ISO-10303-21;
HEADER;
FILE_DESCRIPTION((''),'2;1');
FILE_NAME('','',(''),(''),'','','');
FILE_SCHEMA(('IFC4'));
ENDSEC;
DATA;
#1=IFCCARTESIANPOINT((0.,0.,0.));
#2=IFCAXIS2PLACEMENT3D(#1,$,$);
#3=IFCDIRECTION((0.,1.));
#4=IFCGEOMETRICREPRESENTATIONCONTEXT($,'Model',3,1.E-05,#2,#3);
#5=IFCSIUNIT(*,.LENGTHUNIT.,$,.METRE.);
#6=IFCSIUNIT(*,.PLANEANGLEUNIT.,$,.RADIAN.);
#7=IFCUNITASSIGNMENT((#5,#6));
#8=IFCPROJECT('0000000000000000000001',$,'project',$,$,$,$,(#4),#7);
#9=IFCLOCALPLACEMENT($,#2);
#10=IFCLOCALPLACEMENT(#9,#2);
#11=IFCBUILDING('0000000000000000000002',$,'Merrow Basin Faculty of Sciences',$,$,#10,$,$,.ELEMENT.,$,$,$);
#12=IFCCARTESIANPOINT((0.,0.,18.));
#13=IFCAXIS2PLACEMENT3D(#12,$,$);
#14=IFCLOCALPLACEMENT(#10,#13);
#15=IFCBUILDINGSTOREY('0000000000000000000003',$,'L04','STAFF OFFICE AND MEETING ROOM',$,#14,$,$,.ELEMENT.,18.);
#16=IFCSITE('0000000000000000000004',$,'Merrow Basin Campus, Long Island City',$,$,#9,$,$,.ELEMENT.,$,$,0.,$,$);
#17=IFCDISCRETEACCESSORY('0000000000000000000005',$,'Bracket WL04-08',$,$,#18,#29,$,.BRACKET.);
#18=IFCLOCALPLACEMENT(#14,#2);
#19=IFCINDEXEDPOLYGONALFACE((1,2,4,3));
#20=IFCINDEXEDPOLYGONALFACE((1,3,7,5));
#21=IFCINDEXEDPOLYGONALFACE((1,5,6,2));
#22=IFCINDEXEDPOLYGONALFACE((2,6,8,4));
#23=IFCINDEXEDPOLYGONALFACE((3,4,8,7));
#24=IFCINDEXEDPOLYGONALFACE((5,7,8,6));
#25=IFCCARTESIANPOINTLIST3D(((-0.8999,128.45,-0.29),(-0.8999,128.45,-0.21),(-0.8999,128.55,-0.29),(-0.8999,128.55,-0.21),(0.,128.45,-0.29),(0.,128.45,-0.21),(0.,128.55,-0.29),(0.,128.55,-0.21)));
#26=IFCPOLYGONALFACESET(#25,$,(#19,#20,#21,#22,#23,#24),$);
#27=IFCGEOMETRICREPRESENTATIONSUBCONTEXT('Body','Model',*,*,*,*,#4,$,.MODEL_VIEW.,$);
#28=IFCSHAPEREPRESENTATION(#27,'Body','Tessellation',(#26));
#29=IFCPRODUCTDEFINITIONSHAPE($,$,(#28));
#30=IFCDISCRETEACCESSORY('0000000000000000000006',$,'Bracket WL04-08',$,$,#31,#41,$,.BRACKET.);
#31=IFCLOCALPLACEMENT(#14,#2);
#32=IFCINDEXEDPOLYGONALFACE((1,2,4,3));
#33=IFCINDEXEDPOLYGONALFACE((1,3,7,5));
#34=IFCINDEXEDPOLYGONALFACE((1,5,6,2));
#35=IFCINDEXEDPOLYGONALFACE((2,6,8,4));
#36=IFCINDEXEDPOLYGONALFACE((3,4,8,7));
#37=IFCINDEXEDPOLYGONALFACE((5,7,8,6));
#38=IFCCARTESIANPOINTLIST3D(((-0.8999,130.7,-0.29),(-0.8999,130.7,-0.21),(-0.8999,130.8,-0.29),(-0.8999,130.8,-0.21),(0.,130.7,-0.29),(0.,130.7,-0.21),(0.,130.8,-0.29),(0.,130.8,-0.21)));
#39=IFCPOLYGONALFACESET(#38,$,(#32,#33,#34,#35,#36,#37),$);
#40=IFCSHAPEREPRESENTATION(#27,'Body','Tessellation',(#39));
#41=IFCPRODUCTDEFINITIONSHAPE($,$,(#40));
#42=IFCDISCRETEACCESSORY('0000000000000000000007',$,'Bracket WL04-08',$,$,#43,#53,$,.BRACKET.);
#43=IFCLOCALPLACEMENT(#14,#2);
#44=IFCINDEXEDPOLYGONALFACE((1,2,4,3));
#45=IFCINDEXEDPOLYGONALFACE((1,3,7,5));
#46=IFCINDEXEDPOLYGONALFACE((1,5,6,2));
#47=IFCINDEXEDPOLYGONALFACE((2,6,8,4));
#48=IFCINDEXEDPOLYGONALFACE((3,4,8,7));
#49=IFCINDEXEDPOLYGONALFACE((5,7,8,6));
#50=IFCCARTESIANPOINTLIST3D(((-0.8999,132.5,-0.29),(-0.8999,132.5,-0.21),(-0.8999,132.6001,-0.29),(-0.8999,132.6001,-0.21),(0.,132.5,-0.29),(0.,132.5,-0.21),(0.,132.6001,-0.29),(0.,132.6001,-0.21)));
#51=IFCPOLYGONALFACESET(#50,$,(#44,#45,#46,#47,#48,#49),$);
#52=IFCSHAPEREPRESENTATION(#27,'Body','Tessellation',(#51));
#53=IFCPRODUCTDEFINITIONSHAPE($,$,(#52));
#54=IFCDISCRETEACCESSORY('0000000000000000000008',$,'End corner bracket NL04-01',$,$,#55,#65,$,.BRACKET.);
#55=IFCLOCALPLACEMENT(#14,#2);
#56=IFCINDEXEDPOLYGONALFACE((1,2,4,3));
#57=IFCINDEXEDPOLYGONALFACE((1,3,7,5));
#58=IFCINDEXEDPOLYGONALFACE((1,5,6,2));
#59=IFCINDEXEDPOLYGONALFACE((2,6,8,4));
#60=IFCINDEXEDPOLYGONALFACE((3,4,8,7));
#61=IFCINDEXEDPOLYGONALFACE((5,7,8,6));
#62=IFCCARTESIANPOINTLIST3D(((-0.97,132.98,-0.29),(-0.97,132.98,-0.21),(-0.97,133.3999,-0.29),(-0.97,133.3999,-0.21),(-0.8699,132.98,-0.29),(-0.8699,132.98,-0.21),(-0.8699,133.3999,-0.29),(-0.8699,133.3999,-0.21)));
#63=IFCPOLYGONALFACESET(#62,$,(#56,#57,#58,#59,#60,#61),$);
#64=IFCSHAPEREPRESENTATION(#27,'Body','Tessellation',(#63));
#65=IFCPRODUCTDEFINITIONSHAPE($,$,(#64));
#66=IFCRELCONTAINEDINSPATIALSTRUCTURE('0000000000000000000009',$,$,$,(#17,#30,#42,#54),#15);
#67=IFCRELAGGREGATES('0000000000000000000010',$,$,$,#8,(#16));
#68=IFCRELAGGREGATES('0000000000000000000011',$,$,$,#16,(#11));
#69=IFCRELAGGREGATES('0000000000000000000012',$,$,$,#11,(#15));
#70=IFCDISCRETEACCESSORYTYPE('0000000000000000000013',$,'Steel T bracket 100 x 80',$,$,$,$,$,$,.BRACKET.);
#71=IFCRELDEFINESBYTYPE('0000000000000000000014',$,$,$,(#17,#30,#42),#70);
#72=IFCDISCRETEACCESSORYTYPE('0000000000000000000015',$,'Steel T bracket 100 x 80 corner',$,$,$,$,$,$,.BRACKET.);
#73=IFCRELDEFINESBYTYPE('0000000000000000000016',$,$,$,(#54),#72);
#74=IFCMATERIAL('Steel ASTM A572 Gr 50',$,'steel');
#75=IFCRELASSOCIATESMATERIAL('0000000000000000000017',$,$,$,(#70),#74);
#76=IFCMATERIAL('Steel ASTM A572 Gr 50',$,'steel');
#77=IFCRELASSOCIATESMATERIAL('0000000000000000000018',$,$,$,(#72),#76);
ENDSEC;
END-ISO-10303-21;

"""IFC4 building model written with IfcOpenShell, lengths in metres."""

from ifc_helpers import new_model, si_unit, direction, frame, origin, place, context, subcontext, project, spatial, polyline, outline, extrude, source, transform, mapped, material, type_object, element, save


model = new_model("IFC4")

# Units and contexts
model_context = context("Model", 3, precision=1e-05, world=origin(), true_north=direction((0.0, 1.0)))
body_context = subcontext(model_context, "Body", "Model", "MODEL_VIEW")
ifc_project = project(units=[si_unit("LENGTHUNIT", "METRE"), si_unit("PLANEANGLEUNIT", "RADIAN")], contexts=[model_context])

# Site, building, storey
site_placement = place(None, origin())
site = spatial("IfcSite", under=ifc_project, at=site_placement, Name="Merrow Basin Campus, Long Island City", CompositionType="ELEMENT", RefElevation=0.0)
building_placement = place(site_placement, origin())
building = spatial("IfcBuilding", under=site, at=building_placement, Name="Merrow Basin Faculty of Sciences", CompositionType="ELEMENT")
storey_placement = place(building_placement, frame((0.0, 0.0, 18.0)))
storey = spatial("IfcBuildingStorey", under=building, at=storey_placement, Name="L04", Description="STAFF OFFICE AND MEETING ROOM", CompositionType="ELEMENT", Elevation=18.0)

# Discrete accessories
ifc_material_1 = material(Name="Steel ASTM A572 Gr 50", Category="steel")
discrete_accessory_type_1 = type_object("IfcDiscreteAccessoryType", Name="Steel T bracket 100 x 80", PredefinedType="BRACKET", material=ifc_material_1)
shared_shape_1 = source(origin(), body_context, "Body", "SweptSolid", [
    extrude(outline(polyline([(0.0, 0.0), (0.1001, 0.0), (0.1001, 0.0801), (0.0, 0.0801), (0.0, 0.0)])), origin(), (0.0, 0.0, 1.0), 0.8999),
])
for number, where, z_axis, x_axis, name in (
    (1, (-0.8999, 128.45, -0.29), (1.0, 0.0, 0.0), (0.0, 1.0, 0.0), "Bracket WL04-08"),
    (2, (-0.8999, 130.7, -0.29), (1.0, 0.0, 0.0), (0.0, 1.0, 0.0), "Bracket WL04-08"),
    (3, (-0.8999, 132.5, -0.29), (1.0, 0.0, 0.0), (0.0, 1.0, 0.0), "Bracket WL04-08"),
):
    element("IfcDiscreteAccessory", number, at=place(storey_placement, frame(where, z_axis=z_axis, x_axis=x_axis)), inside=storey, type_object=discrete_accessory_type_1, Name=name, PredefinedType="BRACKET", context=body_context, shape_type="MappedRepresentation", body=[
        mapped(shared_shape_1, transform((0.0, 0.0, 0.0), scale=1.0)),
    ])
ifc_material_2 = material(Name="Steel ASTM A572 Gr 50", Category="steel")
discrete_accessory_type_2 = type_object("IfcDiscreteAccessoryType", Name="Steel T bracket 100 x 80 corner", PredefinedType="BRACKET", material=ifc_material_2)
shared_shape_2 = source(origin(), body_context, "Body", "SweptSolid", [
    extrude(outline(polyline([(0.0, 0.0), (0.1001, 0.0), (0.1001, 0.0801), (0.0, 0.0801), (0.0, 0.0)])), origin(), (0.0, 0.0, 1.0), 0.4199),
])
discrete_accessory_placement = place(storey_placement, frame((-0.97, 133.3999, -0.29), z_axis=(0.0, -1.0, 0.0), x_axis=(1.0, 0.0, 0.0)))
element("IfcDiscreteAccessory", 4, at=discrete_accessory_placement, inside=storey, type_object=discrete_accessory_type_2, Name="End corner bracket NL04-01", PredefinedType="BRACKET", context=body_context, shape_type="MappedRepresentation", body=[
    mapped(shared_shape_2, transform((0.0, 0.0, 0.0), scale=1.0)),
])

save(model, "model.ifc")
